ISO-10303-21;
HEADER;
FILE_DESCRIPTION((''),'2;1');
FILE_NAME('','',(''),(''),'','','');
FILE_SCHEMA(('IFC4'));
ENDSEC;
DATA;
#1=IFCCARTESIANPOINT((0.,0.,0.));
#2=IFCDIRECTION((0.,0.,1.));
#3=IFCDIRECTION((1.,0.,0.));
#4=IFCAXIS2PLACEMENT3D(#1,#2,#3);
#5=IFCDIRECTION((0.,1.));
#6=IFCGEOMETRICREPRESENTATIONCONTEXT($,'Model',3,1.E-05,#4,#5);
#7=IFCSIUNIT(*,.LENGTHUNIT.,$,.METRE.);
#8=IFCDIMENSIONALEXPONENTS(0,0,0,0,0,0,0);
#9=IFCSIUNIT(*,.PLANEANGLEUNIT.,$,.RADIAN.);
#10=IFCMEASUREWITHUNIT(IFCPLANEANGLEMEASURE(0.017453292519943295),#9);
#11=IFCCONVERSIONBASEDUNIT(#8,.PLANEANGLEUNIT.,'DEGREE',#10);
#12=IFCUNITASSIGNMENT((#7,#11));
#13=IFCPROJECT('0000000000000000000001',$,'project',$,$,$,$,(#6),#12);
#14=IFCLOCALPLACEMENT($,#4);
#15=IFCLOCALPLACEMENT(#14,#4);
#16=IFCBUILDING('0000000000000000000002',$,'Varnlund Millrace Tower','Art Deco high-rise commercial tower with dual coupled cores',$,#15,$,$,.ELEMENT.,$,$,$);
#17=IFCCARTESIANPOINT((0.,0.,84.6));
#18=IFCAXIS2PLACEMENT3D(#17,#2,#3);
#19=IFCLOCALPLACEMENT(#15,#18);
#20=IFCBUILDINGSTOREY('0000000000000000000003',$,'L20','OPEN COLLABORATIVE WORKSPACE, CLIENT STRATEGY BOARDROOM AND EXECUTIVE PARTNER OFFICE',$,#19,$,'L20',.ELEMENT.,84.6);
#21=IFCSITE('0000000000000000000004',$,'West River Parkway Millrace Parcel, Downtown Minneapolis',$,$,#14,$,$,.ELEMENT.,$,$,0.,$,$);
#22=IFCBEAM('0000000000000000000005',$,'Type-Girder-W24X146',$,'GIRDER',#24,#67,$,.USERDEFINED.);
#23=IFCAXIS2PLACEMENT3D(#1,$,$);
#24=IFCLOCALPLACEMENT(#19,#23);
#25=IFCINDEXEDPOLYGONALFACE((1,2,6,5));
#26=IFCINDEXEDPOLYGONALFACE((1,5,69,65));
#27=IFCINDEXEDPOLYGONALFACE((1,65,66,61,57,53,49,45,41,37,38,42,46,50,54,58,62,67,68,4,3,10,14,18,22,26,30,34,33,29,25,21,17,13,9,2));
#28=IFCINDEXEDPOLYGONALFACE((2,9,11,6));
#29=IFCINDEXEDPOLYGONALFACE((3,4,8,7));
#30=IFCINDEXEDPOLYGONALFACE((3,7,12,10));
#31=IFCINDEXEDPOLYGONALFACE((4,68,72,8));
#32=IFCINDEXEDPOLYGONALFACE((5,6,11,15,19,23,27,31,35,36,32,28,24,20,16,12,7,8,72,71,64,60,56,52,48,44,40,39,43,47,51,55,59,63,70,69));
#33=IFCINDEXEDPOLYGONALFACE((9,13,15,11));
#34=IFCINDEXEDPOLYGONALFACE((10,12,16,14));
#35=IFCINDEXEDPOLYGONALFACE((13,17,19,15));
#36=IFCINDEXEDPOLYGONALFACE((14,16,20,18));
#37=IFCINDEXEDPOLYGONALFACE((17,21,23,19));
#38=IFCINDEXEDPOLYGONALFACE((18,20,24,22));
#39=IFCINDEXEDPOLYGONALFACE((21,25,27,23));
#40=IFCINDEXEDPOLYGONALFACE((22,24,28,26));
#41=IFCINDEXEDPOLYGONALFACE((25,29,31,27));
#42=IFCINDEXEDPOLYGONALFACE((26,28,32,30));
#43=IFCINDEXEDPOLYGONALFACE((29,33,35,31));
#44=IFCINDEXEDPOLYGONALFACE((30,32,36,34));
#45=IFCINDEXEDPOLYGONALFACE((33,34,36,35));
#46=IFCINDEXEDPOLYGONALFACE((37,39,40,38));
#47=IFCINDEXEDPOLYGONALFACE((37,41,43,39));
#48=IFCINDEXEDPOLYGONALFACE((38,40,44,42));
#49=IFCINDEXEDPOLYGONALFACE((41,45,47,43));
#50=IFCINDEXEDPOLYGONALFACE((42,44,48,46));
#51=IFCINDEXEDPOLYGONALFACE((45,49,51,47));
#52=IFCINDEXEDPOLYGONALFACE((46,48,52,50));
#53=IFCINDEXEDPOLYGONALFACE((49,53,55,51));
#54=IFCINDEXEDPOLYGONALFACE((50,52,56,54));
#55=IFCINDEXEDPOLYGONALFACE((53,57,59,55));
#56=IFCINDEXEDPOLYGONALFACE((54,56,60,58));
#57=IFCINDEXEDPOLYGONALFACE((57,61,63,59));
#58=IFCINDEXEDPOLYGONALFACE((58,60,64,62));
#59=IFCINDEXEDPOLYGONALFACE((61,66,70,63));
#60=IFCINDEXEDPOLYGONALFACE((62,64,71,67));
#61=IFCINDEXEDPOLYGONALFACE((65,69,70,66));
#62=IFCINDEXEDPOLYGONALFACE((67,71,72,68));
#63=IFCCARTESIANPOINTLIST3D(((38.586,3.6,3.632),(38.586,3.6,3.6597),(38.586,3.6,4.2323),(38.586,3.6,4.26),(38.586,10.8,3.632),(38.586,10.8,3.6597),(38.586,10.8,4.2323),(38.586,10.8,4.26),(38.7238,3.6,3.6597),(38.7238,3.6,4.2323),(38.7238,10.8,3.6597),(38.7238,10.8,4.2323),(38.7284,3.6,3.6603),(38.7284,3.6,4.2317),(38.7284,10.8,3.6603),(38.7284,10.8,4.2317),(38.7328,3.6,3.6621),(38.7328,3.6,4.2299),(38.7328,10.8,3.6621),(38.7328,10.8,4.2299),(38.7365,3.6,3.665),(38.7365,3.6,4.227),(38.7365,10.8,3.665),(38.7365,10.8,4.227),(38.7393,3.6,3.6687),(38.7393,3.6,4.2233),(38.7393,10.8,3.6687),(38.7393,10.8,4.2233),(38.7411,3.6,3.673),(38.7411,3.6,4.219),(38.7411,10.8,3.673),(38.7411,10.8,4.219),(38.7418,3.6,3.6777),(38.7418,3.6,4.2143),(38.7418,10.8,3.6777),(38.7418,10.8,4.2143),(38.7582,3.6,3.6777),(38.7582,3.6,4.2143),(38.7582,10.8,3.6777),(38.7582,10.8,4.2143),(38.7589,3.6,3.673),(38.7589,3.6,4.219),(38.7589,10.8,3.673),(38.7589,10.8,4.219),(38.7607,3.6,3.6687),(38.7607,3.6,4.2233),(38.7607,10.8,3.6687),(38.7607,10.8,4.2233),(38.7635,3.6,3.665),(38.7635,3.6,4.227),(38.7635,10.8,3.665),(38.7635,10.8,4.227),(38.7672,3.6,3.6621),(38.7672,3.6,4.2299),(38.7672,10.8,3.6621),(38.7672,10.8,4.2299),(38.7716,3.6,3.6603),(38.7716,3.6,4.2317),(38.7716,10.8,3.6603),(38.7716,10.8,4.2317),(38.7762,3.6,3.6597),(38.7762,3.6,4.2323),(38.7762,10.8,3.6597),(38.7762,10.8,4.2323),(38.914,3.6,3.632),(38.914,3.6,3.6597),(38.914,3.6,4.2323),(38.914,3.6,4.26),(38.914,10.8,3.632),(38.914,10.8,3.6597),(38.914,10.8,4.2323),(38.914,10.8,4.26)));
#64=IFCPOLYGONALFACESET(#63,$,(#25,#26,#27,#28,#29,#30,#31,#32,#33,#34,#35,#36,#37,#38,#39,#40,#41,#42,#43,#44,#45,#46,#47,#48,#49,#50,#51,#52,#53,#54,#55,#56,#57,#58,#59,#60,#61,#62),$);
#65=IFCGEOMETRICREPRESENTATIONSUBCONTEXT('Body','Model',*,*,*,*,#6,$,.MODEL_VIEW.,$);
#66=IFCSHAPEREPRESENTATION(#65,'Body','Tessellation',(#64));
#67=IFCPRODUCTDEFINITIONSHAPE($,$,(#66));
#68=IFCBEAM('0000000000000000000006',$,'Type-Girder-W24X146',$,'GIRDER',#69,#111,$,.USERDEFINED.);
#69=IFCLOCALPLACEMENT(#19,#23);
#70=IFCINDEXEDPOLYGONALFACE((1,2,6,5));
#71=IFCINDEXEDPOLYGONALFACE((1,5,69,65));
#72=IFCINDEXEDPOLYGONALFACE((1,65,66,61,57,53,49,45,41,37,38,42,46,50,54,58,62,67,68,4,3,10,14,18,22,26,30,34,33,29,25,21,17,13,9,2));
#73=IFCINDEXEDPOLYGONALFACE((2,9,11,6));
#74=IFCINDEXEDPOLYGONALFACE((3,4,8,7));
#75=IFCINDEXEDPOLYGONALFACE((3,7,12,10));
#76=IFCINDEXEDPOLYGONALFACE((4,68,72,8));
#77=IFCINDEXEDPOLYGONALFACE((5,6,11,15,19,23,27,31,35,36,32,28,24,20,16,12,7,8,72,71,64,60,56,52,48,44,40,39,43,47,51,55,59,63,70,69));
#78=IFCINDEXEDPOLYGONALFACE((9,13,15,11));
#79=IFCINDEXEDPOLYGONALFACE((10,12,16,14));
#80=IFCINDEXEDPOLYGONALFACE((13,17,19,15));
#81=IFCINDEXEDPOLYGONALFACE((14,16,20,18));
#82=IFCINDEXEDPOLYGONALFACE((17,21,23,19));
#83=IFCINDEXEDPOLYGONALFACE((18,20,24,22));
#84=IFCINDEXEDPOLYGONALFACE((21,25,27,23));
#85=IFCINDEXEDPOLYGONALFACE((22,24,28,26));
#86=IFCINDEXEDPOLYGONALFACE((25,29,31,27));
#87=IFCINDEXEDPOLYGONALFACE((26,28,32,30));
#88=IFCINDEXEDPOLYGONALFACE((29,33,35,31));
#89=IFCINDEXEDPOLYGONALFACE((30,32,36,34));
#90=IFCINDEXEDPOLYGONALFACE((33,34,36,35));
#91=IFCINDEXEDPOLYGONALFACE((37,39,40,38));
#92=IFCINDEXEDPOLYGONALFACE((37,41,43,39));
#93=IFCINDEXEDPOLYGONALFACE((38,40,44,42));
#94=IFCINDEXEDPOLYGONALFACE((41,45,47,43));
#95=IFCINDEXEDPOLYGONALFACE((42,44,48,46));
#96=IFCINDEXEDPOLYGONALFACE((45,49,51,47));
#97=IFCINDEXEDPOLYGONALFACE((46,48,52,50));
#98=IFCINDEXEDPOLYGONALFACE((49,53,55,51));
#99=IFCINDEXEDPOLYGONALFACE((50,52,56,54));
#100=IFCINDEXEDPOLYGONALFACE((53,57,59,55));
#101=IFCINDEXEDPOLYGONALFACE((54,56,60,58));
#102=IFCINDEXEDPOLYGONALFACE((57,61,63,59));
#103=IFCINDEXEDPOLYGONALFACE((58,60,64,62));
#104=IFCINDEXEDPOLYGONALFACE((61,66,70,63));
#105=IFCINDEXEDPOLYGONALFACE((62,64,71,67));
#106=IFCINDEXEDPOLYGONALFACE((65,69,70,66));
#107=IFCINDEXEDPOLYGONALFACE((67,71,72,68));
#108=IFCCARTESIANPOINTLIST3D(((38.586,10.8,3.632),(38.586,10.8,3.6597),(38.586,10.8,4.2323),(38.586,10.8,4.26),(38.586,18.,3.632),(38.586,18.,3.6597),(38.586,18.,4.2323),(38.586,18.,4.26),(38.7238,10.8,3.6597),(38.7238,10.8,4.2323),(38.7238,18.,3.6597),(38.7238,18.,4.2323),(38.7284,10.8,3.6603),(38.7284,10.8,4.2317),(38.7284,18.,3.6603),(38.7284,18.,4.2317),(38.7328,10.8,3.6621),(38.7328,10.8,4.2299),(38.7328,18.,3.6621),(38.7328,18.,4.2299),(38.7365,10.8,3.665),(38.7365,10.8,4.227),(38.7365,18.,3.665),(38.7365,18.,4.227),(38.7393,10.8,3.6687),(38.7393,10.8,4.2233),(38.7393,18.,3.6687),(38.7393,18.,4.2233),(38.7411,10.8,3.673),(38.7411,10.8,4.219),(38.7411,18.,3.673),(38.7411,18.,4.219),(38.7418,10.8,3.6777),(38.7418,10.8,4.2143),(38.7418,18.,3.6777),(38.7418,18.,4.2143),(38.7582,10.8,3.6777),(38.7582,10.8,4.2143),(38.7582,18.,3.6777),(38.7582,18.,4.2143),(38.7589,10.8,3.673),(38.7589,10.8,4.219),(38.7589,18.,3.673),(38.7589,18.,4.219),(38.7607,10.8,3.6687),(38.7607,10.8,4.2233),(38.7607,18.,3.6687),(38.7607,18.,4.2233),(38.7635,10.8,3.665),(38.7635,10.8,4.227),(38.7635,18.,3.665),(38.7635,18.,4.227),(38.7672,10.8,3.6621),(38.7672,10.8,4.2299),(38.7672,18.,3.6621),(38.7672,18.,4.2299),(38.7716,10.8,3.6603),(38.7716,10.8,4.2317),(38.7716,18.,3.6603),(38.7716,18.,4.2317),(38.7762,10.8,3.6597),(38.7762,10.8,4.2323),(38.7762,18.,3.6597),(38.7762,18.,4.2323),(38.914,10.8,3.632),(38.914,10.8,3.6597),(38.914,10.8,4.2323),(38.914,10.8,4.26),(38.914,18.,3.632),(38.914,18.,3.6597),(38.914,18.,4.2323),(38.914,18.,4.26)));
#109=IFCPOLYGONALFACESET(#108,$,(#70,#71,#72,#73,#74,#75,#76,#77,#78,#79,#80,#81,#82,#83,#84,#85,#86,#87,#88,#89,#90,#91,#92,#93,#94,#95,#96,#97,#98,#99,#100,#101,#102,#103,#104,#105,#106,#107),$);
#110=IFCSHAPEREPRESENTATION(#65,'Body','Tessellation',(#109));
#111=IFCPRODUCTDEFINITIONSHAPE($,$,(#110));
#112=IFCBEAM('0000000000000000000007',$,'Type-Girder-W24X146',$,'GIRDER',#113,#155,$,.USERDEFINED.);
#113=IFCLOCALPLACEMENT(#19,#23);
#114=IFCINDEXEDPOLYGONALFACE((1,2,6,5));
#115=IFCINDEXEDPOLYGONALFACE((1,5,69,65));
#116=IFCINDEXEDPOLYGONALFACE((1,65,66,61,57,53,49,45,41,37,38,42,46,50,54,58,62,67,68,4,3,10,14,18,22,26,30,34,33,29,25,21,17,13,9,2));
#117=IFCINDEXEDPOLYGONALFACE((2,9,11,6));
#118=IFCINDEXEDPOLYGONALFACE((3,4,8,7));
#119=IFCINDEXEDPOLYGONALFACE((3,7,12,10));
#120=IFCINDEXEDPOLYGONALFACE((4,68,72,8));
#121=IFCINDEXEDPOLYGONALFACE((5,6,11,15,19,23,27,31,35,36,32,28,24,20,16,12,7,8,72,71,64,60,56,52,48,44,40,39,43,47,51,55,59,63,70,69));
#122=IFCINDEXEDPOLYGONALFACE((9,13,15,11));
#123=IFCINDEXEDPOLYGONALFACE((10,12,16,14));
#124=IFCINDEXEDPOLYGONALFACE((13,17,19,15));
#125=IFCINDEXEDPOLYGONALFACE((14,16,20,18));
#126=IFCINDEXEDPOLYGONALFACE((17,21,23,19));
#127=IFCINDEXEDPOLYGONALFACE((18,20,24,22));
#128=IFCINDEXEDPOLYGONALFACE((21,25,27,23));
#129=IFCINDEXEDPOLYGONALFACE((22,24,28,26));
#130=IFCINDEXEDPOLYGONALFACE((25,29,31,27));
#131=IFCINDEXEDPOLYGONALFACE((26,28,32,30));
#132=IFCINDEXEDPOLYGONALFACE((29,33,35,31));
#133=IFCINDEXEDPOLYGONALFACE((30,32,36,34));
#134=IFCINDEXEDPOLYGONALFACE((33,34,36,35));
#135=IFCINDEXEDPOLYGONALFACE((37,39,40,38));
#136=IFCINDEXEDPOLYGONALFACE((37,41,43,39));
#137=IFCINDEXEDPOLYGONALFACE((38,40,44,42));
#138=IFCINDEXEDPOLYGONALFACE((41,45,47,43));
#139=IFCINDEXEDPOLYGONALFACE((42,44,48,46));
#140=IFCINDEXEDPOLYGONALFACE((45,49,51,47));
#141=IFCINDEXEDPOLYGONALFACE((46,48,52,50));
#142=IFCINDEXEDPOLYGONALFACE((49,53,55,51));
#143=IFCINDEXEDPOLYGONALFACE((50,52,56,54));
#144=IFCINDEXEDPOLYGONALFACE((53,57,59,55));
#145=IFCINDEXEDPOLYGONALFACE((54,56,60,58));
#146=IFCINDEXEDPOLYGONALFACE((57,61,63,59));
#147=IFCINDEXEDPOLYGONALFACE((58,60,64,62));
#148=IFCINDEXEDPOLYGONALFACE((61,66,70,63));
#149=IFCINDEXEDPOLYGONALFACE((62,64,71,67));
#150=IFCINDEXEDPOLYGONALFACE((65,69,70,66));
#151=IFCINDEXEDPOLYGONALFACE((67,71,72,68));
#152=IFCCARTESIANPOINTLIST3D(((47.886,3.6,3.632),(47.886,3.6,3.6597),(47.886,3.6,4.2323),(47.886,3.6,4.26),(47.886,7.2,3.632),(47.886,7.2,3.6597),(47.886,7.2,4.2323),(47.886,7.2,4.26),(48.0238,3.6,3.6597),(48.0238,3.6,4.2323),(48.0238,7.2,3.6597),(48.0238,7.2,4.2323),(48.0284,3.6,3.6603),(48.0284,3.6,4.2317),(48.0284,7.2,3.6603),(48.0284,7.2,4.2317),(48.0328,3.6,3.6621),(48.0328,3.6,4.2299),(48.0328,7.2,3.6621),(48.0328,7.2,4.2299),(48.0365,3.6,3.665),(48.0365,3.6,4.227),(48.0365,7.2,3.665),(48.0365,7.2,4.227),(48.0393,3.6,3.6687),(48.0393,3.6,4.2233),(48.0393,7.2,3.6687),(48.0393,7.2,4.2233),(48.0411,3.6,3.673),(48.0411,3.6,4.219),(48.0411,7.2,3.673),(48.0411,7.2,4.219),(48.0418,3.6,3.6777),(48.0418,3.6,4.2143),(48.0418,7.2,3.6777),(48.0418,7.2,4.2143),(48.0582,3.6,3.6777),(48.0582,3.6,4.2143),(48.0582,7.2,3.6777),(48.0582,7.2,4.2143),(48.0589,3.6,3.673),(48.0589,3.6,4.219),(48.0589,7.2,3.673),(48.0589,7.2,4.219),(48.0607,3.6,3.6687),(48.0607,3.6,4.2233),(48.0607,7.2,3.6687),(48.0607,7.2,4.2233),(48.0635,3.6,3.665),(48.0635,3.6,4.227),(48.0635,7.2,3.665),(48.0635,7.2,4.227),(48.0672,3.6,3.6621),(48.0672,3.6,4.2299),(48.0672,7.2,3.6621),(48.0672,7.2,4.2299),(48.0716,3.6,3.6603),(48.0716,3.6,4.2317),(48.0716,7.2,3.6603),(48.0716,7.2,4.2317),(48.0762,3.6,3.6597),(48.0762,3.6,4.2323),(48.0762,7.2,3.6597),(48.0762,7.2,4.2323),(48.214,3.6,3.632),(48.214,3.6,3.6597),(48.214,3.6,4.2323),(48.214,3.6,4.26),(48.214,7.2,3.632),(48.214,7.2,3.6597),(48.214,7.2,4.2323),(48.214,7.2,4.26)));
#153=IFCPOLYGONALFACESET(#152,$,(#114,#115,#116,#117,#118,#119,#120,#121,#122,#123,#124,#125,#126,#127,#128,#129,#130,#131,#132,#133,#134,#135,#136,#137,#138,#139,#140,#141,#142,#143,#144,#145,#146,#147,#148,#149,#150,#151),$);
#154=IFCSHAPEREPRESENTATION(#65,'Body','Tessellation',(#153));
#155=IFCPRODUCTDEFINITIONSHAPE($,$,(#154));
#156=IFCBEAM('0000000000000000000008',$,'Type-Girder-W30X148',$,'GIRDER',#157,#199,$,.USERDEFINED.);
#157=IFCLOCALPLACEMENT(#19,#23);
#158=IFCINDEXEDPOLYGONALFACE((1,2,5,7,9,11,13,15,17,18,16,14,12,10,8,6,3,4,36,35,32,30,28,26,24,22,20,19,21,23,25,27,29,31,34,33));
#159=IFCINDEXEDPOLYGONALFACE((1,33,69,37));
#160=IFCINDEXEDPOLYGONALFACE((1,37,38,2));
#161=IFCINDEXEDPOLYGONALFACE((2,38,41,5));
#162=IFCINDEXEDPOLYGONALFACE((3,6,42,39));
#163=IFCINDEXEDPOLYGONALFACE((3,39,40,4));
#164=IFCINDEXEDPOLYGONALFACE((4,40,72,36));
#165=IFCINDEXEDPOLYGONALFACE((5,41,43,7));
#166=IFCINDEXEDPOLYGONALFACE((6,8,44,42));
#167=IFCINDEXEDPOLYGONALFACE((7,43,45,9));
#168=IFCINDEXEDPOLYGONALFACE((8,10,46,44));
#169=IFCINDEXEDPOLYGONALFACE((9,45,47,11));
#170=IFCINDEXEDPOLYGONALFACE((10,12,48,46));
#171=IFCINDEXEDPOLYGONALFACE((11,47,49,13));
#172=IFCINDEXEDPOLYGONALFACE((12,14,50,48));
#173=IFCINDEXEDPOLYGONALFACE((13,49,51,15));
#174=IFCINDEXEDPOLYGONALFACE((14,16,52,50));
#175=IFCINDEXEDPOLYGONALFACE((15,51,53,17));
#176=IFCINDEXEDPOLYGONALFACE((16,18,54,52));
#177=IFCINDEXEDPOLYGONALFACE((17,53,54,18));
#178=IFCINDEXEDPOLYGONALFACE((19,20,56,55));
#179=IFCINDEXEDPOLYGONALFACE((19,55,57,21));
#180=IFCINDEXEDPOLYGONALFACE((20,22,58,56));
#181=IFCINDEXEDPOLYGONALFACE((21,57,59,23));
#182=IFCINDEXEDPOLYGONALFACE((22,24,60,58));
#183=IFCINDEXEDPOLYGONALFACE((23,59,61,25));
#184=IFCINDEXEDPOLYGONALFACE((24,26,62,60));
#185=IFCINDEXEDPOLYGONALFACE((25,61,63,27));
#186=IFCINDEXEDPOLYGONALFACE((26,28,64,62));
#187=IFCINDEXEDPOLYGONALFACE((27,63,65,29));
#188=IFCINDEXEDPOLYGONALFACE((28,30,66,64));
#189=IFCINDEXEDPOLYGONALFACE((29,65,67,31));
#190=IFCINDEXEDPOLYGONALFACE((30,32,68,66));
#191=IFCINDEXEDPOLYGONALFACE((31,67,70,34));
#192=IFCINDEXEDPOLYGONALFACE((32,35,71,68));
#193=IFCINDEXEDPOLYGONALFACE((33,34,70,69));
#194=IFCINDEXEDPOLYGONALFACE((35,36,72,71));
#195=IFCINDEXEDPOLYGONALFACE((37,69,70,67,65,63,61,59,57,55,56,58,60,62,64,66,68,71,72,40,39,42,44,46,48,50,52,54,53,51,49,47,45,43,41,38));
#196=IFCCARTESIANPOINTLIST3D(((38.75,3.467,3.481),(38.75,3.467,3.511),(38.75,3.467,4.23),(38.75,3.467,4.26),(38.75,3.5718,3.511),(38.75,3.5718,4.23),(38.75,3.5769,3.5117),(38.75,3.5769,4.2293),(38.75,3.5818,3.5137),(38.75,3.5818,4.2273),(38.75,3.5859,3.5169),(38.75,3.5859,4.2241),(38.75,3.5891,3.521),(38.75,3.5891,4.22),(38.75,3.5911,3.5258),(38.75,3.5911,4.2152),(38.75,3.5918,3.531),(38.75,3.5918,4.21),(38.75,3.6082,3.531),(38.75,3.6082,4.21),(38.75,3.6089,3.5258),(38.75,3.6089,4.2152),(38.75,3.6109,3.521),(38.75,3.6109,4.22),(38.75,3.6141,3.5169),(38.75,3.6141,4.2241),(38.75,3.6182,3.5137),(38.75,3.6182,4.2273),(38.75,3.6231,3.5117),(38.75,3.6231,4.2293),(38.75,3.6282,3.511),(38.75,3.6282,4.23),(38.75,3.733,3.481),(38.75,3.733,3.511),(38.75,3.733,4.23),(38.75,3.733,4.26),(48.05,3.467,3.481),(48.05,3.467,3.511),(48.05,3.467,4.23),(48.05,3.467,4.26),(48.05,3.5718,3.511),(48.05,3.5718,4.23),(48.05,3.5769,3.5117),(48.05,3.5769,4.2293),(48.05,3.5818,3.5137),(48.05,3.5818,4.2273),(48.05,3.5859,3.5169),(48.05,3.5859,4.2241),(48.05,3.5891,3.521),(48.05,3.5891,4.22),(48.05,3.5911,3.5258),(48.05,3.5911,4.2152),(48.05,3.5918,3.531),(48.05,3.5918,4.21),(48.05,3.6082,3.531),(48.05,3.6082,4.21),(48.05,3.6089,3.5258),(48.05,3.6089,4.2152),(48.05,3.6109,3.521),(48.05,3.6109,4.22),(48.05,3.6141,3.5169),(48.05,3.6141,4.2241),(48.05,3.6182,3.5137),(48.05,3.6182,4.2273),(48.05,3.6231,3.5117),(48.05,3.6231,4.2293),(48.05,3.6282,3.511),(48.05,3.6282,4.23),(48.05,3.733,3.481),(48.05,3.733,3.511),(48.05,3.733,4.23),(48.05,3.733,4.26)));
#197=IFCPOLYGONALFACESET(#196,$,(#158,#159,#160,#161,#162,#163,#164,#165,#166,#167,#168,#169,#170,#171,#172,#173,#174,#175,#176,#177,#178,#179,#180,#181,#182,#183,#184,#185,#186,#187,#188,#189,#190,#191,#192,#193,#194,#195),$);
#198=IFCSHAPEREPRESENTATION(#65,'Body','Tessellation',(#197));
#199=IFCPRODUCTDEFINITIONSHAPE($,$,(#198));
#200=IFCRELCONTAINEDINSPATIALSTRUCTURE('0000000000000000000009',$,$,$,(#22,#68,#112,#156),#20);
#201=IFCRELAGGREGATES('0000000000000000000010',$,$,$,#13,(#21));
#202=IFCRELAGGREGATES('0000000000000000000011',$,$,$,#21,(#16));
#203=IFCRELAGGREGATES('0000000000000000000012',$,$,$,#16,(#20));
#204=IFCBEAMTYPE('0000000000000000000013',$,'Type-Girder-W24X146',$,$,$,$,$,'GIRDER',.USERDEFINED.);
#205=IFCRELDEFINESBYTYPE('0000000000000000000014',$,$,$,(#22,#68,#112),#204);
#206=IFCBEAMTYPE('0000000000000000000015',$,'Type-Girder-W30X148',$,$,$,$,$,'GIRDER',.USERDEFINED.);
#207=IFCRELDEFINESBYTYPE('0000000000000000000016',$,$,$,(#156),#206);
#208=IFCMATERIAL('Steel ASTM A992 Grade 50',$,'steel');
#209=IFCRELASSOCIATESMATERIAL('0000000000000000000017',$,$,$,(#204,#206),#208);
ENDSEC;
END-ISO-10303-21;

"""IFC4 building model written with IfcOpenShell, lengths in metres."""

from ifc_helpers import new_model, entity, si_unit, converted_unit, direction, frame, origin_with_axes, origin_2d_with_axis, place, context, subcontext, project, spatial, i_section, extrude, material, material_profile, profile_set, type_object, element, save


model = new_model("IFC4")

# Units and contexts
model_context = context("Model", 3, precision=1e-05, world=origin_with_axes(), true_north=direction((0.0, 1.0)))
body_context = subcontext(model_context, "Body", "Model", "MODEL_VIEW")
ifc_project = project(units=[si_unit("LENGTHUNIT", "METRE"), converted_unit("PLANEANGLEUNIT", "DEGREE", entity("IfcPlaneAngleMeasure", 0.017453292519943295), si_unit("PLANEANGLEUNIT", "RADIAN"), dimensions=[0, 0, 0, 0, 0, 0, 0])], contexts=[model_context])

# Site, building, storey
site_placement = place(None, origin_with_axes())
site = spatial("IfcSite", under=ifc_project, at=site_placement, Name="West River Parkway Millrace Parcel, Downtown Minneapolis", CompositionType="ELEMENT", RefElevation=0.0)
building_placement = place(site_placement, origin_with_axes())
building = spatial("IfcBuilding", under=site, at=building_placement, Name="Varnlund Millrace Tower", Description="Art Deco high-rise commercial tower with dual coupled cores", CompositionType="ELEMENT")
storey_placement = place(building_placement, frame((0.0, 0.0, 84.6), z_axis=(0.0, 0.0, 1.0), x_axis=(1.0, 0.0, 0.0)))
storey = spatial("IfcBuildingStorey", under=building, at=storey_placement, Name="L20", Description="OPEN COLLABORATIVE WORKSPACE, CLIENT STRATEGY BOARDROOM AND EXECUTIVE PARTNER OFFICE", LongName="L20", CompositionType="ELEMENT", Elevation=84.6)

# Beams
ifc_material_1 = material(Name="Steel ASTM A992 Grade 50", Category="steel")
ifc_material_profile_1 = material_profile(ifc_material_1, i_section(OverallWidth=0.328, OverallDepth=0.628, WebThickness=0.0165, FlangeThickness=0.0277, FilletRadius=0.018, at=origin_2d_with_axis()), Name="Steel ASTM A992 Grade 50")
ifc_profile_set_1 = profile_set([ifc_material_profile_1], Name="Steel ASTM A992 Grade 50")
beam_type_1 = type_object("IfcBeamType", Name="Type-Girder-W24X146", ElementType="GIRDER", PredefinedType="USERDEFINED", material=ifc_profile_set_1)
for number, where, z_axis, x_axis, name in (
    (1, (38.75, 3.6, 3.946), (0.0, 1.0, 0.0), (-1.0, 0.0, 0.0), "Type-Girder-W24X146"),
    (2, (38.75, 10.8, 3.946), (0.0, 1.0, 0.0), (-1.0, 0.0, 0.0), "Type-Girder-W24X146"),
):
    element("IfcBeam", number, at=place(storey_placement, frame(where, z_axis=z_axis, x_axis=x_axis)), inside=storey, type_object=beam_type_1, Name=name, ObjectType="GIRDER", PredefinedType="USERDEFINED", context=body_context, shape_type="SweptSolid", body=[
        extrude(i_section(OverallWidth=0.328, OverallDepth=0.628, WebThickness=0.0165, FlangeThickness=0.0277, FilletRadius=0.018, at=origin_2d_with_axis()), origin_with_axes(), (0.0, 0.0, 1.0), 7.2),
    ])
beam_1_placement = place(storey_placement, frame((48.05, 3.6, 3.946), z_axis=(0.0, 1.0, 0.0), x_axis=(-1.0, 0.0, 0.0)))
element("IfcBeam", 3, at=beam_1_placement, inside=storey, type_object=beam_type_1, Name="Type-Girder-W24X146", ObjectType="GIRDER", PredefinedType="USERDEFINED", context=body_context, shape_type="SweptSolid", body=[
    extrude(i_section(OverallWidth=0.328, OverallDepth=0.628, WebThickness=0.0165, FlangeThickness=0.0277, FilletRadius=0.018, at=origin_2d_with_axis()), origin_with_axes(), (0.0, 0.0, 1.0), 3.6),
])
ifc_material_profile_2 = material_profile(ifc_material_1, i_section(OverallWidth=0.266, OverallDepth=0.779, WebThickness=0.0165, FlangeThickness=0.03, FilletRadius=0.02, at=origin_2d_with_axis()), Name="Steel ASTM A992 Grade 50")
ifc_profile_set_2 = profile_set([ifc_material_profile_2], Name="Steel ASTM A992 Grade 50")
beam_type_2 = type_object("IfcBeamType", Name="Type-Girder-W30X148", ElementType="GIRDER", PredefinedType="USERDEFINED", material=ifc_profile_set_2)
beam_2_placement = place(storey_placement, frame((38.75, 3.6, 3.8705), z_axis=(1.0, 0.0, 0.0), x_axis=(0.0, 1.0, 0.0)))
element("IfcBeam", 4, at=beam_2_placement, inside=storey, type_object=beam_type_2, Name="Type-Girder-W30X148", ObjectType="GIRDER", PredefinedType="USERDEFINED", context=body_context, shape_type="SweptSolid", body=[
    extrude(i_section(OverallWidth=0.266, OverallDepth=0.779, WebThickness=0.0165, FlangeThickness=0.03, FilletRadius=0.02, at=origin_2d_with_axis()), origin_with_axes(), (0.0, 0.0, 1.0), 9.3),
])

save(model, "model.ifc")
